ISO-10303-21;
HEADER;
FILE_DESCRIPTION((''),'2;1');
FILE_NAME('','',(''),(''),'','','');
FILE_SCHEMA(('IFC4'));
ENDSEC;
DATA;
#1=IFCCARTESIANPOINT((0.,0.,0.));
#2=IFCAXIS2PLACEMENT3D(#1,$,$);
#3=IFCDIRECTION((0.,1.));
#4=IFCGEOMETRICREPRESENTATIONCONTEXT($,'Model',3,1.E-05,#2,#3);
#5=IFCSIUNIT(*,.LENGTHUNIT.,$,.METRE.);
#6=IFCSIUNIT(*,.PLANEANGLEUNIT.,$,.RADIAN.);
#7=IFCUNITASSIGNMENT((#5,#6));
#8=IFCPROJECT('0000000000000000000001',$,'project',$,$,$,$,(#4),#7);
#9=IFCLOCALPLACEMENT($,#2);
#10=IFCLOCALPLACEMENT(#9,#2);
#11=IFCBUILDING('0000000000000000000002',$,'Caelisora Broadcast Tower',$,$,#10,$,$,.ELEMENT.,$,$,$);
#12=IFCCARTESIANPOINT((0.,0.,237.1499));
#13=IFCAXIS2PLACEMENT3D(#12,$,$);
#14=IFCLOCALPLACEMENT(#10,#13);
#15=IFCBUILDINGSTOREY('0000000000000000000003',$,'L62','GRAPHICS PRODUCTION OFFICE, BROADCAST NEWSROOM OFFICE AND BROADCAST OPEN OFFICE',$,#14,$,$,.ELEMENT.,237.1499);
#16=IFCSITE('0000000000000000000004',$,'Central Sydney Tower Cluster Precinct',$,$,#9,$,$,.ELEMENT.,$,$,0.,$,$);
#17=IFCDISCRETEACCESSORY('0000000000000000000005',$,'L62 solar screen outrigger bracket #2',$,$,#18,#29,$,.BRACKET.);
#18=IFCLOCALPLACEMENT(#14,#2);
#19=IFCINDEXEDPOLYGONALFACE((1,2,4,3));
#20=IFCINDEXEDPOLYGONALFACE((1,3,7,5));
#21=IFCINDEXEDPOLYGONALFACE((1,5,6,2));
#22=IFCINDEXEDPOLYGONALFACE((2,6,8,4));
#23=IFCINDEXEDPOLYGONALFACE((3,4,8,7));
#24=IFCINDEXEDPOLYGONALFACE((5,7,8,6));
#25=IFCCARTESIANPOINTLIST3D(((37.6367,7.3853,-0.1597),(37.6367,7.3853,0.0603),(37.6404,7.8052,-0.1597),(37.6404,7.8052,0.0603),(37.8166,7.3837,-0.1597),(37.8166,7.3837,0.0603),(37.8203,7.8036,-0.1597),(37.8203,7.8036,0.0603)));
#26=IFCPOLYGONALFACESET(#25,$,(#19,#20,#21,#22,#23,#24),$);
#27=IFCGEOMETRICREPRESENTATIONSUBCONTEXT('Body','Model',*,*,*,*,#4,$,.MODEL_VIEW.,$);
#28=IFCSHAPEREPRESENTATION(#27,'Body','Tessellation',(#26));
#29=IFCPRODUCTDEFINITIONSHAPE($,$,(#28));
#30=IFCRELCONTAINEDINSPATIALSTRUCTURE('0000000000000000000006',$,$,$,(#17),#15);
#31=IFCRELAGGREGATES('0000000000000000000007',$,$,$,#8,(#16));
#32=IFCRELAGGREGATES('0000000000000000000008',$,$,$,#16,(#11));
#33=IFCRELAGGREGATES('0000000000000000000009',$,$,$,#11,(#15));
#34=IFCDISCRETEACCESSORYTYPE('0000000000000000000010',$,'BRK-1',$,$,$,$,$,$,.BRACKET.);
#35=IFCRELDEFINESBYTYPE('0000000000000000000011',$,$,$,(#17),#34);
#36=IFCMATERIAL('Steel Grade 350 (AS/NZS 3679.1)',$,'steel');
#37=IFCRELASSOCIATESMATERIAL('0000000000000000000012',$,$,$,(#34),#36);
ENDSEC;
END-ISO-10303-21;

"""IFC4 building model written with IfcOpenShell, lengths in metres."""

from ifc_helpers import new_model, si_unit, direction, frame, origin, origin_2d, place, context, subcontext, project, spatial, rectangle, extrude, source, transform, mapped, material, type_object, type_shapes, element, save


model = new_model("IFC4")

# Units and contexts
model_context = context("Model", 3, precision=1e-05, world=origin(), true_north=direction((0.0, 1.0)))
body_context = subcontext(model_context, "Body", "Model", "MODEL_VIEW")
ifc_project = project(units=[si_unit("LENGTHUNIT", "METRE"), si_unit("PLANEANGLEUNIT", "RADIAN")], contexts=[model_context])

# Site, building, storey
site_placement = place(None, origin())
site = spatial("IfcSite", under=ifc_project, at=site_placement, Name="Central Sydney Tower Cluster Precinct", CompositionType="ELEMENT", RefElevation=0.0)
building_placement = place(site_placement, origin())
building = spatial("IfcBuilding", under=site, at=building_placement, Name="Caelisora Broadcast Tower", CompositionType="ELEMENT")
storey_placement = place(building_placement, frame((0.0, 0.0, 237.1499)))
storey = spatial("IfcBuildingStorey", under=building, at=storey_placement, Name="L62", Description="GRAPHICS PRODUCTION OFFICE, BROADCAST NEWSROOM OFFICE AND BROADCAST OPEN OFFICE", CompositionType="ELEMENT", Elevation=237.1499)

# Shared definitions
ifc_material_1 = material(Name="Steel Grade 350 (AS/NZS 3679.1)", Category="steel")

# Discrete accessory
discrete_accessory_type = type_object("IfcDiscreteAccessoryType", Name="BRK-1", PredefinedType="BRACKET", material=ifc_material_1)
shared_shape_1 = source(origin(), body_context, "Body", "SweptSolid", [
    extrude(rectangle(XDim=0.1799, YDim=0.4199, at=origin_2d()), origin(), (0.0, 0.0, 1.0), 0.22),
])
type_shapes(discrete_accessory_type, [shared_shape_1])
discrete_accessory_placement = place(storey_placement, frame((37.7285, 7.5945, -0.1597), z_axis=(0.0, 0.0, 1.0), x_axis=(0.99996, -0.008901, 0.0)))
element("IfcDiscreteAccessory", 1, at=discrete_accessory_placement, inside=storey, type_object=discrete_accessory_type, Name="L62 solar screen outrigger bracket #2", PredefinedType="BRACKET", context=body_context, shape_type="MappedRepresentation", body=[
    mapped(shared_shape_1, transform((0.0, 0.0, 0.0), scale=1.0)),
])

save(model, "model.ifc")
